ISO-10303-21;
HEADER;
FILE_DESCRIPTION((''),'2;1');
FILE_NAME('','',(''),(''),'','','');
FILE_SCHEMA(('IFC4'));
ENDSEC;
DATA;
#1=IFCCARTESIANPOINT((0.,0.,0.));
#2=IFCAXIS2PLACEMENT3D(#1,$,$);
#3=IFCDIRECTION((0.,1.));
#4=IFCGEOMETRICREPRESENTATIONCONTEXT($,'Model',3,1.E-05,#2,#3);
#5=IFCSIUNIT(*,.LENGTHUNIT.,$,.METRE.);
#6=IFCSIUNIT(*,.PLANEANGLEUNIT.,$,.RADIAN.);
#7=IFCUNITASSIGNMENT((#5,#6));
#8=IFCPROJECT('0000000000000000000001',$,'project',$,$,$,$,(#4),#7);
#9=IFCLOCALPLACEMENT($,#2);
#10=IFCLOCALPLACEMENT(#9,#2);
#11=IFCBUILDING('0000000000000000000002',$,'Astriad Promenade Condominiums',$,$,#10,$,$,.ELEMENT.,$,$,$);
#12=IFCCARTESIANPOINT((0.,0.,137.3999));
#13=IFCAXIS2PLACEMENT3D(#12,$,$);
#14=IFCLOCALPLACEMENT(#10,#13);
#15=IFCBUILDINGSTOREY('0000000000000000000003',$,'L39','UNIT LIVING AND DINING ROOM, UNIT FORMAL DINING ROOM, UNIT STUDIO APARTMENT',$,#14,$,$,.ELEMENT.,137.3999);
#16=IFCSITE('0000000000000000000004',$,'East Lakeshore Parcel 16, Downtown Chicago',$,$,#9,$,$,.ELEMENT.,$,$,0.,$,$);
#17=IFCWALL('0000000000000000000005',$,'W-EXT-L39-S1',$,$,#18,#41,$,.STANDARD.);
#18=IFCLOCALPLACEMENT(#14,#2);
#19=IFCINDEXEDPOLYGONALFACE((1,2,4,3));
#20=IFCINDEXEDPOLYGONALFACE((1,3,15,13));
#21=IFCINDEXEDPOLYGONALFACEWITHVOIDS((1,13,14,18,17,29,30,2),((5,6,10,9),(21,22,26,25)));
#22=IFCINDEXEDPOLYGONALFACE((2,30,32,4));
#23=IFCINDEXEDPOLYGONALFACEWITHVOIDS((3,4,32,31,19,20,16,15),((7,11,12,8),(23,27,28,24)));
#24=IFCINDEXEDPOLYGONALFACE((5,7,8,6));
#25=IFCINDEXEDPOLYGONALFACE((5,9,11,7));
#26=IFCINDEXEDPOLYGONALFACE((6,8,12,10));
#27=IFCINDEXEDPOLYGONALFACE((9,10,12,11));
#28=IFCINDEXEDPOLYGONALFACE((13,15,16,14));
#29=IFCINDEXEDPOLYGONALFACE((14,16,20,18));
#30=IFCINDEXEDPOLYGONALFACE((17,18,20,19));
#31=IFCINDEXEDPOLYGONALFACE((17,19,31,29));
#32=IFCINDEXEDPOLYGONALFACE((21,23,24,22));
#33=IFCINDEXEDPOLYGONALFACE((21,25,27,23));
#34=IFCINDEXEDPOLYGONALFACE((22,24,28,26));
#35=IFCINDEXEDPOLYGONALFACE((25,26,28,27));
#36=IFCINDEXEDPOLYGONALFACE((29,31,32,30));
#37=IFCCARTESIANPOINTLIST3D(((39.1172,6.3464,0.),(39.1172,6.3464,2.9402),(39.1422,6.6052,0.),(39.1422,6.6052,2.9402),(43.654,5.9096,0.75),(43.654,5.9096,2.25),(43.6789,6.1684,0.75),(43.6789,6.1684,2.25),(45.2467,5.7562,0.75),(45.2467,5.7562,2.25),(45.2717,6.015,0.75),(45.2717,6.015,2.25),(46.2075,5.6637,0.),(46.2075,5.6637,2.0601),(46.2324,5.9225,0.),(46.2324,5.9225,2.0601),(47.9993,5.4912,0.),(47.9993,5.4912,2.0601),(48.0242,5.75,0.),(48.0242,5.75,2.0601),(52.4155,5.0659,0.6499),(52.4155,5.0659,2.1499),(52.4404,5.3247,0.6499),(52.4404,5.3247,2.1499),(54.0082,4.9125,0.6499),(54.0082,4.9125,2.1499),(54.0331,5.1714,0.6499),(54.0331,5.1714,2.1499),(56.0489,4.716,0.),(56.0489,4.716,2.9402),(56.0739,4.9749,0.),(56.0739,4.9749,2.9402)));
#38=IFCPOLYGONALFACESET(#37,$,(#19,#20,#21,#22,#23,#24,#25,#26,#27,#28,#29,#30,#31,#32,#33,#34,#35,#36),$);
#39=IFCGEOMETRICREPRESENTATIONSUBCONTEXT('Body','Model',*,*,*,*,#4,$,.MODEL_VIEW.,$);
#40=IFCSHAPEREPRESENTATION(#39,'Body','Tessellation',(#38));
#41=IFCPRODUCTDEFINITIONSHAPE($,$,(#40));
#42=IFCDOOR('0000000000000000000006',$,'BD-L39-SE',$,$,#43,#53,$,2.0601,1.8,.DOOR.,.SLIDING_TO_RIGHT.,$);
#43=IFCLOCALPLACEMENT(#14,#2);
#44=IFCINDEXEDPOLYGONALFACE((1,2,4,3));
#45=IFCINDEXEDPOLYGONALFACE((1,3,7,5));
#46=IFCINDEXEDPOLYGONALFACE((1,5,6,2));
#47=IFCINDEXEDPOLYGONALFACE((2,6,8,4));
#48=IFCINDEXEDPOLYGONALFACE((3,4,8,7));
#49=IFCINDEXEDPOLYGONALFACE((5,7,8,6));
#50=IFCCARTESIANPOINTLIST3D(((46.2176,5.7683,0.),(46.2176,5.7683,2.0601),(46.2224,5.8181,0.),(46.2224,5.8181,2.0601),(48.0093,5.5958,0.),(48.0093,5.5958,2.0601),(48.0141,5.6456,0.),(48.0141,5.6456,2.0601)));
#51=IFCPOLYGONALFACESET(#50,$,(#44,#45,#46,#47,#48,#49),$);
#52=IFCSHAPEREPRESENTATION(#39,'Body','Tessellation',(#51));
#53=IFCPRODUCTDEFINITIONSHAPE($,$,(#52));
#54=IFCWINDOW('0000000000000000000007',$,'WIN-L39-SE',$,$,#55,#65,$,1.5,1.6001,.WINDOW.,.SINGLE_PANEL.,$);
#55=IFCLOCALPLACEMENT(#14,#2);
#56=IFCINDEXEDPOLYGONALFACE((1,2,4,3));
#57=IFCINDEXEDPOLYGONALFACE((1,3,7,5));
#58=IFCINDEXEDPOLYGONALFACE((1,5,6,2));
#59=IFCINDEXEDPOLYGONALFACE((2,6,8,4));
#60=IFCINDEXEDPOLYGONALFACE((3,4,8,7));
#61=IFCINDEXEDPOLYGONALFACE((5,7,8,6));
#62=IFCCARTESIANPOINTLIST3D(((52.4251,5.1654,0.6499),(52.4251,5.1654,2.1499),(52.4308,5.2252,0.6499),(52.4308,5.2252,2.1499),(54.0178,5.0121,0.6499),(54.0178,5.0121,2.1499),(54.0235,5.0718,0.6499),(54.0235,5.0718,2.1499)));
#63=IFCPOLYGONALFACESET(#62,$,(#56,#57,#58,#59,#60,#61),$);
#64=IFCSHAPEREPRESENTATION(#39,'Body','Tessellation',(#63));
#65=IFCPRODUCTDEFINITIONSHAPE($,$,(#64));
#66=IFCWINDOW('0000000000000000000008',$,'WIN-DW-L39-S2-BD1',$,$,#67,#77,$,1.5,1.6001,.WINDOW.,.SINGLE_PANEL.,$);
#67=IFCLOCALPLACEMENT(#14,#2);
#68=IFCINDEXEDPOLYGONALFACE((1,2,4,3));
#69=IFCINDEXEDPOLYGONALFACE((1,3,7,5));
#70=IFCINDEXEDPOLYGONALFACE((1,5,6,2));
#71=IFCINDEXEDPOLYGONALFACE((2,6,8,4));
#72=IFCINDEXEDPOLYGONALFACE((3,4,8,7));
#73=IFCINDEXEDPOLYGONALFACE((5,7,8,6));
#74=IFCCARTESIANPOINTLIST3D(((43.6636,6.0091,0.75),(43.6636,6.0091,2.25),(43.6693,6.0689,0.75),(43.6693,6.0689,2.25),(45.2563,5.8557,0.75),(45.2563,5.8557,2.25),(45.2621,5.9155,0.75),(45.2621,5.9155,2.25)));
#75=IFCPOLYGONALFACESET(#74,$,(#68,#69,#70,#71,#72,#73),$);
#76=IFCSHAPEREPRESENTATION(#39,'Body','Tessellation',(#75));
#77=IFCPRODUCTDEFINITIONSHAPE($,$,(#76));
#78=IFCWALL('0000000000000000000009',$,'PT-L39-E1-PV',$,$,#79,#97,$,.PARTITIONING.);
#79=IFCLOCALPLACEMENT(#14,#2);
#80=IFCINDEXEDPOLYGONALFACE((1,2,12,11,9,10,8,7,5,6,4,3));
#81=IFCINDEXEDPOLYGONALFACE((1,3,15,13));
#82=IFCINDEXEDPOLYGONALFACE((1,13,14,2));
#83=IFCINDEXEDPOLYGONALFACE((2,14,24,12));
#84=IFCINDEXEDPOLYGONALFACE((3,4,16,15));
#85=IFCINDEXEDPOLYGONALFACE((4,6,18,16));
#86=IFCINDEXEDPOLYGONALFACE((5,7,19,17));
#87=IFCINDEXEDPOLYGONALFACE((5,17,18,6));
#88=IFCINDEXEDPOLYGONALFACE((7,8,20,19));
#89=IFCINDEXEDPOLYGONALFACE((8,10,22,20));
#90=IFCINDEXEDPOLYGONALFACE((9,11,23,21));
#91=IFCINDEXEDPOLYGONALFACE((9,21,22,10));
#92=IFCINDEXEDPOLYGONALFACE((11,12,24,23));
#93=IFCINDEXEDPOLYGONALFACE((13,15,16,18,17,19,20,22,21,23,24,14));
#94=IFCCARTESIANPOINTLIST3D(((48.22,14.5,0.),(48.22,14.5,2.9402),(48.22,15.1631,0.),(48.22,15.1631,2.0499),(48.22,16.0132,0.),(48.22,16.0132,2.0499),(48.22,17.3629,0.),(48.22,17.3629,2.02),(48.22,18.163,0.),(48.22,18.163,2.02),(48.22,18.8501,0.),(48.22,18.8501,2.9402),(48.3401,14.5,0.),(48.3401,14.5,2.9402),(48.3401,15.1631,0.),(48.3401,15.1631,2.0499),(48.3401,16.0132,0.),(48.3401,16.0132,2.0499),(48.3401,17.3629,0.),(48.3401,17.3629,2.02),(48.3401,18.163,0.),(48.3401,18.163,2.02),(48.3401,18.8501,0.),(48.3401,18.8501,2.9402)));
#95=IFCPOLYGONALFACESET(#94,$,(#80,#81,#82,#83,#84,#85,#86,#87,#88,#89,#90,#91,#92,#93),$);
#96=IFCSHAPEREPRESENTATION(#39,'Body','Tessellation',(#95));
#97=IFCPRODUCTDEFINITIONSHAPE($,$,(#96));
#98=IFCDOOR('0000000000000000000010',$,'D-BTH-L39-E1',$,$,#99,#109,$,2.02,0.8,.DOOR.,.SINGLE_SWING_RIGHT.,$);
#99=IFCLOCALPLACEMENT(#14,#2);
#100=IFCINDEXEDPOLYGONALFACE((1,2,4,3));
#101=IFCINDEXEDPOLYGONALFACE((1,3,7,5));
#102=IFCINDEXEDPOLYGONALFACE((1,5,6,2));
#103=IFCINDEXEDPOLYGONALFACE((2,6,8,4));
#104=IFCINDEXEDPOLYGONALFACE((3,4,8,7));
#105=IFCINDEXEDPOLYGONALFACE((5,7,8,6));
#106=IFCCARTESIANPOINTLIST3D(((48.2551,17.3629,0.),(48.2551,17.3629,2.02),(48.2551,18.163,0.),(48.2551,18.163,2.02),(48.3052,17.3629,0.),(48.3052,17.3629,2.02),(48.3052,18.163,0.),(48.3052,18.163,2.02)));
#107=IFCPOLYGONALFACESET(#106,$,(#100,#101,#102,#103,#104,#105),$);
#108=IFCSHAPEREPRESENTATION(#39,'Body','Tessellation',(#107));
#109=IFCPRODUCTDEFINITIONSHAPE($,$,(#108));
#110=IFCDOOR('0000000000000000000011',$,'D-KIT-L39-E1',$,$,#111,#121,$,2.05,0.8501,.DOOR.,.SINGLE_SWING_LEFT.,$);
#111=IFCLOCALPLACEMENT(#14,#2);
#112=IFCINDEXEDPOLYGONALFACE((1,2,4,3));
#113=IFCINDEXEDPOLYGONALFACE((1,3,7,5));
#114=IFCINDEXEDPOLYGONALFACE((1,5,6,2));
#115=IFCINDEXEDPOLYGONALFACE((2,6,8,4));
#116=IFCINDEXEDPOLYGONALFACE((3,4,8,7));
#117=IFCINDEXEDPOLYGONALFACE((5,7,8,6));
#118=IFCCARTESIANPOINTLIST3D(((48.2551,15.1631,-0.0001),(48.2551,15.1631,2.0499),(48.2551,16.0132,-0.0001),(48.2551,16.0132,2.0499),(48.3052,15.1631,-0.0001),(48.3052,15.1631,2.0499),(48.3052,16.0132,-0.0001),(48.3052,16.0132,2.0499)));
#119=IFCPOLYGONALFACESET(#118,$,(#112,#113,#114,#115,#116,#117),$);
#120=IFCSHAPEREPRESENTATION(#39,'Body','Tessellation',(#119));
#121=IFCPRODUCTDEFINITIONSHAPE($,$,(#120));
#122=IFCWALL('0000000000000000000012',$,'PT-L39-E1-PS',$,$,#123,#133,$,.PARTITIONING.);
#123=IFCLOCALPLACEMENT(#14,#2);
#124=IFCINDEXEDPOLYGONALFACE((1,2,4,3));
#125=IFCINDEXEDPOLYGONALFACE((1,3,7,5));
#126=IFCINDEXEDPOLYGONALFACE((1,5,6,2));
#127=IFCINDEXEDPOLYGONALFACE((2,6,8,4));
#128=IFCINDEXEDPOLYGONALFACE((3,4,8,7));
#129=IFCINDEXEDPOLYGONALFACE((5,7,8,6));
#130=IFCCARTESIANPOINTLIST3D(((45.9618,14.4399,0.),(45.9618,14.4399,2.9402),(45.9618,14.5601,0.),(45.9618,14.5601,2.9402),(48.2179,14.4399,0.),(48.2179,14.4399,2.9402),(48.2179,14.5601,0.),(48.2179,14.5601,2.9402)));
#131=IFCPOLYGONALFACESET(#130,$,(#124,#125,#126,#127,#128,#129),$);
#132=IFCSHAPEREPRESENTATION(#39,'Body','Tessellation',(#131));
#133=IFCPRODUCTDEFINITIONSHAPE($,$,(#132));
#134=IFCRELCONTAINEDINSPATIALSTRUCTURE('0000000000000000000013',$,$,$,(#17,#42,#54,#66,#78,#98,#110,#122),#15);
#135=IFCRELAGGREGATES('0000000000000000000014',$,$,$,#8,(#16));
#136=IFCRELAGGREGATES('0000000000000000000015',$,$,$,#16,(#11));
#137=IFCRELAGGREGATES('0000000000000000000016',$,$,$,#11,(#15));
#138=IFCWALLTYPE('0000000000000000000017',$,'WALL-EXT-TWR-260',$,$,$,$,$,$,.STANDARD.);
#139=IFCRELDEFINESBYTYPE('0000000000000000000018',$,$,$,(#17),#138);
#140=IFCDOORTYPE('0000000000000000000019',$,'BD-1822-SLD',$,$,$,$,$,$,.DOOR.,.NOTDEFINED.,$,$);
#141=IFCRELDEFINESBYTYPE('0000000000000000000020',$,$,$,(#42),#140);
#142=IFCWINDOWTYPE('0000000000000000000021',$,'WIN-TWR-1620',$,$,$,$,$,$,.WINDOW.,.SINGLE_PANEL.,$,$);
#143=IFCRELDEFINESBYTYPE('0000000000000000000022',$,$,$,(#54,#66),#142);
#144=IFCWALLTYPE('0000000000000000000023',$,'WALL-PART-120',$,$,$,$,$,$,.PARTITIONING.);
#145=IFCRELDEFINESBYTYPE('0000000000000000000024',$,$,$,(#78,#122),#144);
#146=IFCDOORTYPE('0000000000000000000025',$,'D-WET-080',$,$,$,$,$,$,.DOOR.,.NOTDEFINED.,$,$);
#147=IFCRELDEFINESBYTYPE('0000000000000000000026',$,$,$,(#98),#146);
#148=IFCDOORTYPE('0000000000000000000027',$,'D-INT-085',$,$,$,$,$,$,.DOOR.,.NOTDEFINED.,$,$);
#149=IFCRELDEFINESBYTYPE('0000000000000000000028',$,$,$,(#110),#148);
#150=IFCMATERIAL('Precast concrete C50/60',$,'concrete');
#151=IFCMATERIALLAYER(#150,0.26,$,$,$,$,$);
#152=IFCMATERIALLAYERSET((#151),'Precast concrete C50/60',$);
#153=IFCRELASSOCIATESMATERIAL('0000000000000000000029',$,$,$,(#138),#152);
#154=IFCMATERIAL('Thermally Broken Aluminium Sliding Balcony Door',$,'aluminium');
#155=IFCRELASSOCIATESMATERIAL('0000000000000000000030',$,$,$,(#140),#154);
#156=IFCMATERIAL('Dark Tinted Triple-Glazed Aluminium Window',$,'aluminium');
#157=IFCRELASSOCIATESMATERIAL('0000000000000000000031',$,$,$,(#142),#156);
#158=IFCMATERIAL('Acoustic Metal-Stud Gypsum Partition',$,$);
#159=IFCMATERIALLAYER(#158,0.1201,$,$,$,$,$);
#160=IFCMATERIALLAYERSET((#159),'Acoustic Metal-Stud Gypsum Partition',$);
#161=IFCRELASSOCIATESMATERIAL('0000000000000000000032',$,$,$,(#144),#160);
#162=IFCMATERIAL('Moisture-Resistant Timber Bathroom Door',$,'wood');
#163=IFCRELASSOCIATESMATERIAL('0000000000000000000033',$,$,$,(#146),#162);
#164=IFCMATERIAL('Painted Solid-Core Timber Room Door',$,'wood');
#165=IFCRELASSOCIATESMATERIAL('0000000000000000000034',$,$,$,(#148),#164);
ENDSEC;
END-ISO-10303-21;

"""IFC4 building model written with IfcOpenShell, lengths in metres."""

from ifc_helpers import new_model, si_unit, direction, frame, frame_2d, origin, place, context, subcontext, project, spatial, rectangle, extrude, source, transform, mapped, material, layer, layer_set, type_object, type_shapes, element, fill, save


model = new_model("IFC4")

# Units and contexts
model_context = context("Model", 3, precision=1e-05, world=origin(), true_north=direction((0.0, 1.0)))
body_context = subcontext(model_context, "Body", "Model", "MODEL_VIEW")
ifc_project = project(units=[si_unit("LENGTHUNIT", "METRE"), si_unit("PLANEANGLEUNIT", "RADIAN")], contexts=[model_context])

# Site, building, storey
site_placement = place(None, origin())
site = spatial("IfcSite", under=ifc_project, at=site_placement, Name="East Lakeshore Parcel 16, Downtown Chicago", CompositionType="ELEMENT", RefElevation=0.0)
building_placement = place(site_placement, origin())
building = spatial("IfcBuilding", under=site, at=building_placement, Name="Astriad Promenade Condominiums", CompositionType="ELEMENT")
storey_placement = place(building_placement, frame((0.0, 0.0, 137.3999)))
storey = spatial("IfcBuildingStorey", under=building, at=storey_placement, Name="L39", Description="UNIT LIVING AND DINING ROOM, UNIT FORMAL DINING ROOM, UNIT STUDIO APARTMENT", CompositionType="ELEMENT", Elevation=137.3999)

# Wall, openings, door, windows
ifc_material_1 = material(Name="Precast concrete C50/60", Category="concrete")
ifc_layer_1 = layer(ifc_material_1, 0.26)
ifc_layer_set_1 = layer_set([ifc_layer_1], Name="Precast concrete C50/60")
wall_type_1 = type_object("IfcWallType", Name="WALL-EXT-TWR-260", PredefinedType="STANDARD", material=ifc_layer_set_1)
wall_1_placement = place(storey_placement, frame((56.0613, 4.8455, 0.0), z_axis=(0.0, 0.0, 1.0), x_axis=(-0.995396, 0.095848, 0.0)))
wall_1 = element("IfcWall", 1, at=wall_1_placement, inside=storey, type_object=wall_type_1, Name="W-EXT-L39-S1", PredefinedType="STANDARD", context=body_context, shape_type="SweptSolid", body=[
    extrude(rectangle(XDim=17.01, YDim=0.26, at=frame_2d((8.5049, 0.0))), origin(), (0.0, 0.0, 1.0), 2.9402),
])
opening_1_placement = place(wall_1_placement, frame((8.0869, 0.0, 0.0)))
opening_1 = element("IfcOpeningElement", 2, at=opening_1_placement, cuts=wall_1, PredefinedType="OPENING", context=body_context, shape_type="SweptSolid", body=[
    extrude(rectangle(XDim=1.8, YDim=2.0601, at=frame_2d((0.8999, 1.03))), frame((0.0, 0.1399, 0.0), z_axis=(0.0, -1.0, 0.0), x_axis=(1.0, 0.0, 0.0)), (0.0, 0.0, 1.0), 0.28),
])
opening_2_placement = place(wall_1_placement, frame((2.05, 0.0, 0.6499)))
opening_2 = element("IfcOpeningElement", 3, at=opening_2_placement, cuts=wall_1, PredefinedType="OPENING", context=body_context, shape_type="SweptSolid", body=[
    extrude(rectangle(XDim=1.6001, YDim=1.5, at=frame_2d((0.8, 0.75))), frame((0.0, 0.1399, 0.0), z_axis=(0.0, -1.0, 0.0), x_axis=(1.0, 0.0, 0.0)), (0.0, 0.0, 1.0), 0.28),
])
opening_3_placement = place(wall_1_placement, frame((10.8521, 0.0, 0.75)))
opening_3 = element("IfcOpeningElement", 4, at=opening_3_placement, cuts=wall_1, PredefinedType="OPENING", context=body_context, shape_type="SweptSolid", body=[
    extrude(rectangle(XDim=1.6001, YDim=1.5, at=frame_2d((0.8, 0.75))), frame((0.0, 0.1399, 0.0), z_axis=(0.0, -1.0, 0.0), x_axis=(1.0, 0.0, 0.0)), (0.0, 0.0, 1.0), 0.28),
])
ifc_material_2 = material(Name="Thermally Broken Aluminium Sliding Balcony Door", Category="aluminium")
door_type_1 = type_object("IfcDoorType", Name="BD-1822-SLD", OperationType="NOTDEFINED", PredefinedType="DOOR", material=ifc_material_2)
shared_shape_1 = source(origin(), body_context, "Body", "SweptSolid", [
    extrude(rectangle(XDim=1.8, YDim=2.0601, at=frame_2d((0.8999, 1.03))), frame((0.0, 0.0249, 0.0), z_axis=(0.0, -1.0, 0.0), x_axis=(1.0, 0.0, 0.0)), (0.0, 0.0, 1.0), 0.05),
])
type_shapes(door_type_1, [shared_shape_1])
door_1_placement = place(opening_1_placement, origin())
door_1 = element("IfcDoor", 5, at=door_1_placement, inside=storey, type_object=door_type_1, Name="BD-L39-SE", OperationType="SLIDING_TO_RIGHT", OverallHeight=2.0601, OverallWidth=1.8, PredefinedType="DOOR", context=body_context, shape_type="MappedRepresentation", body=[
    mapped(shared_shape_1, transform((0.0, 0.0, 0.0), scale=1.0)),
])
fill(opening_1, door_1)
ifc_material_3 = material(Name="Dark Tinted Triple-Glazed Aluminium Window", Category="aluminium")
window_type = type_object("IfcWindowType", Name="WIN-TWR-1620", PartitioningType="SINGLE_PANEL", PredefinedType="WINDOW", material=ifc_material_3)
shared_shape_2 = source(origin(), body_context, "Body", "SweptSolid", [
    extrude(rectangle(XDim=1.6001, YDim=1.5, at=frame_2d((0.8, 0.75))), frame((0.0, 0.03, 0.0), z_axis=(0.0, -1.0, 0.0), x_axis=(1.0, 0.0, 0.0)), (0.0, 0.0, 1.0), 0.0601),
])
type_shapes(window_type, [shared_shape_2])
window_1_placement = place(opening_2_placement, origin())
window_1 = element("IfcWindow", 6, at=window_1_placement, inside=storey, type_object=window_type, Name="WIN-L39-SE", OverallHeight=1.5, OverallWidth=1.6001, PartitioningType="SINGLE_PANEL", PredefinedType="WINDOW", context=body_context, shape_type="MappedRepresentation", body=[
    mapped(shared_shape_2, transform((0.0, 0.0, 0.0), scale=1.0)),
])
fill(opening_2, window_1)
window_2_placement = place(opening_3_placement, origin())
window_2 = element("IfcWindow", 7, at=window_2_placement, inside=storey, type_object=window_type, Name="WIN-DW-L39-S2-BD1", OverallHeight=1.5, OverallWidth=1.6001, PartitioningType="SINGLE_PANEL", PredefinedType="WINDOW", context=body_context, shape_type="MappedRepresentation", body=[
    mapped(shared_shape_2, transform((0.0, 0.0, 0.0), scale=1.0)),
])
fill(opening_3, window_2)

# Wall, openings, doors
ifc_material_4 = material(Name="Acoustic Metal-Stud Gypsum Partition")
ifc_layer_2 = layer(ifc_material_4, 0.1201)
ifc_layer_set_2 = layer_set([ifc_layer_2], Name="Acoustic Metal-Stud Gypsum Partition")
wall_type_2 = type_object("IfcWallType", Name="WALL-PART-120", PredefinedType="PARTITIONING", material=ifc_layer_set_2)
wall_2_placement = place(storey_placement, frame((48.28, 14.5, 0.0), z_axis=(0.0, 0.0, 1.0), x_axis=(0.0, 1.0, 0.0)))
wall_2 = element("IfcWall", 8, at=wall_2_placement, inside=storey, type_object=wall_type_2, Name="PT-L39-E1-PV", PredefinedType="PARTITIONING", context=body_context, shape_type="SweptSolid", body=[
    extrude(rectangle(XDim=4.3501, YDim=0.1201, at=frame_2d((2.175, 0.0))), origin(), (0.0, 0.0, 1.0), 2.9402),
])
opening_4_placement = place(wall_2_placement, frame((0.6631, 0.0, 0.0)))
opening_4 = element("IfcOpeningElement", 9, at=opening_4_placement, cuts=wall_2, PredefinedType="OPENING", context=body_context, shape_type="SweptSolid", body=[
    extrude(rectangle(XDim=0.8501, YDim=2.05, at=frame_2d((0.425, 1.0249))), frame((0.0, 0.0701, 0.0), z_axis=(0.0, -1.0, 0.0), x_axis=(1.0, 0.0, 0.0)), (0.0, 0.0, 1.0), 0.1401),
])
opening_5_placement = place(wall_2_placement, frame((2.863, 0.0, 0.0)))
opening_5 = element("IfcOpeningElement", 10, at=opening_5_placement, cuts=wall_2, PredefinedType="OPENING", context=body_context, shape_type="SweptSolid", body=[
    extrude(rectangle(XDim=0.8, YDim=2.02, at=frame_2d((0.3999, 1.01))), frame((0.0, 0.0701, 0.0), z_axis=(0.0, -1.0, 0.0), x_axis=(1.0, 0.0, 0.0)), (0.0, 0.0, 1.0), 0.1401),
])
ifc_material_5 = material(Name="Moisture-Resistant Timber Bathroom Door", Category="wood")
door_type_2 = type_object("IfcDoorType", Name="D-WET-080", OperationType="NOTDEFINED", PredefinedType="DOOR", material=ifc_material_5)
shared_shape_3 = source(origin(), body_context, "Body", "SweptSolid", [
    extrude(rectangle(XDim=0.8, YDim=2.02, at=frame_2d((0.3999, 1.01))), frame((0.0, 0.0249, 0.0), z_axis=(0.0, -1.0, 0.0), x_axis=(1.0, 0.0, 0.0)), (0.0, 0.0, 1.0), 0.05),
])
type_shapes(door_type_2, [shared_shape_3])
door_2_placement = place(opening_5_placement, origin())
door_2 = element("IfcDoor", 11, at=door_2_placement, inside=storey, type_object=door_type_2, Name="D-BTH-L39-E1", OperationType="SINGLE_SWING_RIGHT", OverallHeight=2.02, OverallWidth=0.8, PredefinedType="DOOR", context=body_context, shape_type="MappedRepresentation", body=[
    mapped(shared_shape_3, transform((0.0, 0.0, 0.0), scale=1.0)),
])
fill(opening_5, door_2)
ifc_material_6 = material(Name="Painted Solid-Core Timber Room Door", Category="wood")
door_type_3 = type_object("IfcDoorType", Name="D-INT-085", OperationType="NOTDEFINED", PredefinedType="DOOR", material=ifc_material_6)
shared_shape_4 = source(origin(), body_context, "Body", "SweptSolid", [
    extrude(rectangle(XDim=0.8501, YDim=2.05, at=frame_2d((0.425, 1.0249))), frame((0.0, 0.0249, 0.0), z_axis=(0.0, -1.0, 0.0), x_axis=(1.0, 0.0, 0.0)), (0.0, 0.0, 1.0), 0.05),
])
type_shapes(door_type_3, [shared_shape_4])
door_3_placement = place(opening_4_placement, origin())
door_3 = element("IfcDoor", 12, at=door_3_placement, inside=storey, type_object=door_type_3, Name="D-KIT-L39-E1", OperationType="SINGLE_SWING_LEFT", OverallHeight=2.05, OverallWidth=0.8501, PredefinedType="DOOR", context=body_context, shape_type="MappedRepresentation", body=[
    mapped(shared_shape_4, transform((0.0, 0.0, 0.0), scale=1.0)),
])
fill(opening_4, door_3)

# Wall
wall_3_placement = place(storey_placement, frame((45.9619, 14.5, 0.0), z_axis=(0.0, 0.0, 1.0), x_axis=(1.0, 0.0, 0.0)))
element("IfcWall", 13, at=wall_3_placement, inside=storey, type_object=wall_type_2, Name="PT-L39-E1-PS", PredefinedType="PARTITIONING", context=body_context, shape_type="SweptSolid", body=[
    extrude(rectangle(XDim=2.2561, YDim=0.1201, at=frame_2d((1.1279, 0.0))), origin(), (0.0, 0.0, 1.0), 2.9402),
])

save(model, "model.ifc")
